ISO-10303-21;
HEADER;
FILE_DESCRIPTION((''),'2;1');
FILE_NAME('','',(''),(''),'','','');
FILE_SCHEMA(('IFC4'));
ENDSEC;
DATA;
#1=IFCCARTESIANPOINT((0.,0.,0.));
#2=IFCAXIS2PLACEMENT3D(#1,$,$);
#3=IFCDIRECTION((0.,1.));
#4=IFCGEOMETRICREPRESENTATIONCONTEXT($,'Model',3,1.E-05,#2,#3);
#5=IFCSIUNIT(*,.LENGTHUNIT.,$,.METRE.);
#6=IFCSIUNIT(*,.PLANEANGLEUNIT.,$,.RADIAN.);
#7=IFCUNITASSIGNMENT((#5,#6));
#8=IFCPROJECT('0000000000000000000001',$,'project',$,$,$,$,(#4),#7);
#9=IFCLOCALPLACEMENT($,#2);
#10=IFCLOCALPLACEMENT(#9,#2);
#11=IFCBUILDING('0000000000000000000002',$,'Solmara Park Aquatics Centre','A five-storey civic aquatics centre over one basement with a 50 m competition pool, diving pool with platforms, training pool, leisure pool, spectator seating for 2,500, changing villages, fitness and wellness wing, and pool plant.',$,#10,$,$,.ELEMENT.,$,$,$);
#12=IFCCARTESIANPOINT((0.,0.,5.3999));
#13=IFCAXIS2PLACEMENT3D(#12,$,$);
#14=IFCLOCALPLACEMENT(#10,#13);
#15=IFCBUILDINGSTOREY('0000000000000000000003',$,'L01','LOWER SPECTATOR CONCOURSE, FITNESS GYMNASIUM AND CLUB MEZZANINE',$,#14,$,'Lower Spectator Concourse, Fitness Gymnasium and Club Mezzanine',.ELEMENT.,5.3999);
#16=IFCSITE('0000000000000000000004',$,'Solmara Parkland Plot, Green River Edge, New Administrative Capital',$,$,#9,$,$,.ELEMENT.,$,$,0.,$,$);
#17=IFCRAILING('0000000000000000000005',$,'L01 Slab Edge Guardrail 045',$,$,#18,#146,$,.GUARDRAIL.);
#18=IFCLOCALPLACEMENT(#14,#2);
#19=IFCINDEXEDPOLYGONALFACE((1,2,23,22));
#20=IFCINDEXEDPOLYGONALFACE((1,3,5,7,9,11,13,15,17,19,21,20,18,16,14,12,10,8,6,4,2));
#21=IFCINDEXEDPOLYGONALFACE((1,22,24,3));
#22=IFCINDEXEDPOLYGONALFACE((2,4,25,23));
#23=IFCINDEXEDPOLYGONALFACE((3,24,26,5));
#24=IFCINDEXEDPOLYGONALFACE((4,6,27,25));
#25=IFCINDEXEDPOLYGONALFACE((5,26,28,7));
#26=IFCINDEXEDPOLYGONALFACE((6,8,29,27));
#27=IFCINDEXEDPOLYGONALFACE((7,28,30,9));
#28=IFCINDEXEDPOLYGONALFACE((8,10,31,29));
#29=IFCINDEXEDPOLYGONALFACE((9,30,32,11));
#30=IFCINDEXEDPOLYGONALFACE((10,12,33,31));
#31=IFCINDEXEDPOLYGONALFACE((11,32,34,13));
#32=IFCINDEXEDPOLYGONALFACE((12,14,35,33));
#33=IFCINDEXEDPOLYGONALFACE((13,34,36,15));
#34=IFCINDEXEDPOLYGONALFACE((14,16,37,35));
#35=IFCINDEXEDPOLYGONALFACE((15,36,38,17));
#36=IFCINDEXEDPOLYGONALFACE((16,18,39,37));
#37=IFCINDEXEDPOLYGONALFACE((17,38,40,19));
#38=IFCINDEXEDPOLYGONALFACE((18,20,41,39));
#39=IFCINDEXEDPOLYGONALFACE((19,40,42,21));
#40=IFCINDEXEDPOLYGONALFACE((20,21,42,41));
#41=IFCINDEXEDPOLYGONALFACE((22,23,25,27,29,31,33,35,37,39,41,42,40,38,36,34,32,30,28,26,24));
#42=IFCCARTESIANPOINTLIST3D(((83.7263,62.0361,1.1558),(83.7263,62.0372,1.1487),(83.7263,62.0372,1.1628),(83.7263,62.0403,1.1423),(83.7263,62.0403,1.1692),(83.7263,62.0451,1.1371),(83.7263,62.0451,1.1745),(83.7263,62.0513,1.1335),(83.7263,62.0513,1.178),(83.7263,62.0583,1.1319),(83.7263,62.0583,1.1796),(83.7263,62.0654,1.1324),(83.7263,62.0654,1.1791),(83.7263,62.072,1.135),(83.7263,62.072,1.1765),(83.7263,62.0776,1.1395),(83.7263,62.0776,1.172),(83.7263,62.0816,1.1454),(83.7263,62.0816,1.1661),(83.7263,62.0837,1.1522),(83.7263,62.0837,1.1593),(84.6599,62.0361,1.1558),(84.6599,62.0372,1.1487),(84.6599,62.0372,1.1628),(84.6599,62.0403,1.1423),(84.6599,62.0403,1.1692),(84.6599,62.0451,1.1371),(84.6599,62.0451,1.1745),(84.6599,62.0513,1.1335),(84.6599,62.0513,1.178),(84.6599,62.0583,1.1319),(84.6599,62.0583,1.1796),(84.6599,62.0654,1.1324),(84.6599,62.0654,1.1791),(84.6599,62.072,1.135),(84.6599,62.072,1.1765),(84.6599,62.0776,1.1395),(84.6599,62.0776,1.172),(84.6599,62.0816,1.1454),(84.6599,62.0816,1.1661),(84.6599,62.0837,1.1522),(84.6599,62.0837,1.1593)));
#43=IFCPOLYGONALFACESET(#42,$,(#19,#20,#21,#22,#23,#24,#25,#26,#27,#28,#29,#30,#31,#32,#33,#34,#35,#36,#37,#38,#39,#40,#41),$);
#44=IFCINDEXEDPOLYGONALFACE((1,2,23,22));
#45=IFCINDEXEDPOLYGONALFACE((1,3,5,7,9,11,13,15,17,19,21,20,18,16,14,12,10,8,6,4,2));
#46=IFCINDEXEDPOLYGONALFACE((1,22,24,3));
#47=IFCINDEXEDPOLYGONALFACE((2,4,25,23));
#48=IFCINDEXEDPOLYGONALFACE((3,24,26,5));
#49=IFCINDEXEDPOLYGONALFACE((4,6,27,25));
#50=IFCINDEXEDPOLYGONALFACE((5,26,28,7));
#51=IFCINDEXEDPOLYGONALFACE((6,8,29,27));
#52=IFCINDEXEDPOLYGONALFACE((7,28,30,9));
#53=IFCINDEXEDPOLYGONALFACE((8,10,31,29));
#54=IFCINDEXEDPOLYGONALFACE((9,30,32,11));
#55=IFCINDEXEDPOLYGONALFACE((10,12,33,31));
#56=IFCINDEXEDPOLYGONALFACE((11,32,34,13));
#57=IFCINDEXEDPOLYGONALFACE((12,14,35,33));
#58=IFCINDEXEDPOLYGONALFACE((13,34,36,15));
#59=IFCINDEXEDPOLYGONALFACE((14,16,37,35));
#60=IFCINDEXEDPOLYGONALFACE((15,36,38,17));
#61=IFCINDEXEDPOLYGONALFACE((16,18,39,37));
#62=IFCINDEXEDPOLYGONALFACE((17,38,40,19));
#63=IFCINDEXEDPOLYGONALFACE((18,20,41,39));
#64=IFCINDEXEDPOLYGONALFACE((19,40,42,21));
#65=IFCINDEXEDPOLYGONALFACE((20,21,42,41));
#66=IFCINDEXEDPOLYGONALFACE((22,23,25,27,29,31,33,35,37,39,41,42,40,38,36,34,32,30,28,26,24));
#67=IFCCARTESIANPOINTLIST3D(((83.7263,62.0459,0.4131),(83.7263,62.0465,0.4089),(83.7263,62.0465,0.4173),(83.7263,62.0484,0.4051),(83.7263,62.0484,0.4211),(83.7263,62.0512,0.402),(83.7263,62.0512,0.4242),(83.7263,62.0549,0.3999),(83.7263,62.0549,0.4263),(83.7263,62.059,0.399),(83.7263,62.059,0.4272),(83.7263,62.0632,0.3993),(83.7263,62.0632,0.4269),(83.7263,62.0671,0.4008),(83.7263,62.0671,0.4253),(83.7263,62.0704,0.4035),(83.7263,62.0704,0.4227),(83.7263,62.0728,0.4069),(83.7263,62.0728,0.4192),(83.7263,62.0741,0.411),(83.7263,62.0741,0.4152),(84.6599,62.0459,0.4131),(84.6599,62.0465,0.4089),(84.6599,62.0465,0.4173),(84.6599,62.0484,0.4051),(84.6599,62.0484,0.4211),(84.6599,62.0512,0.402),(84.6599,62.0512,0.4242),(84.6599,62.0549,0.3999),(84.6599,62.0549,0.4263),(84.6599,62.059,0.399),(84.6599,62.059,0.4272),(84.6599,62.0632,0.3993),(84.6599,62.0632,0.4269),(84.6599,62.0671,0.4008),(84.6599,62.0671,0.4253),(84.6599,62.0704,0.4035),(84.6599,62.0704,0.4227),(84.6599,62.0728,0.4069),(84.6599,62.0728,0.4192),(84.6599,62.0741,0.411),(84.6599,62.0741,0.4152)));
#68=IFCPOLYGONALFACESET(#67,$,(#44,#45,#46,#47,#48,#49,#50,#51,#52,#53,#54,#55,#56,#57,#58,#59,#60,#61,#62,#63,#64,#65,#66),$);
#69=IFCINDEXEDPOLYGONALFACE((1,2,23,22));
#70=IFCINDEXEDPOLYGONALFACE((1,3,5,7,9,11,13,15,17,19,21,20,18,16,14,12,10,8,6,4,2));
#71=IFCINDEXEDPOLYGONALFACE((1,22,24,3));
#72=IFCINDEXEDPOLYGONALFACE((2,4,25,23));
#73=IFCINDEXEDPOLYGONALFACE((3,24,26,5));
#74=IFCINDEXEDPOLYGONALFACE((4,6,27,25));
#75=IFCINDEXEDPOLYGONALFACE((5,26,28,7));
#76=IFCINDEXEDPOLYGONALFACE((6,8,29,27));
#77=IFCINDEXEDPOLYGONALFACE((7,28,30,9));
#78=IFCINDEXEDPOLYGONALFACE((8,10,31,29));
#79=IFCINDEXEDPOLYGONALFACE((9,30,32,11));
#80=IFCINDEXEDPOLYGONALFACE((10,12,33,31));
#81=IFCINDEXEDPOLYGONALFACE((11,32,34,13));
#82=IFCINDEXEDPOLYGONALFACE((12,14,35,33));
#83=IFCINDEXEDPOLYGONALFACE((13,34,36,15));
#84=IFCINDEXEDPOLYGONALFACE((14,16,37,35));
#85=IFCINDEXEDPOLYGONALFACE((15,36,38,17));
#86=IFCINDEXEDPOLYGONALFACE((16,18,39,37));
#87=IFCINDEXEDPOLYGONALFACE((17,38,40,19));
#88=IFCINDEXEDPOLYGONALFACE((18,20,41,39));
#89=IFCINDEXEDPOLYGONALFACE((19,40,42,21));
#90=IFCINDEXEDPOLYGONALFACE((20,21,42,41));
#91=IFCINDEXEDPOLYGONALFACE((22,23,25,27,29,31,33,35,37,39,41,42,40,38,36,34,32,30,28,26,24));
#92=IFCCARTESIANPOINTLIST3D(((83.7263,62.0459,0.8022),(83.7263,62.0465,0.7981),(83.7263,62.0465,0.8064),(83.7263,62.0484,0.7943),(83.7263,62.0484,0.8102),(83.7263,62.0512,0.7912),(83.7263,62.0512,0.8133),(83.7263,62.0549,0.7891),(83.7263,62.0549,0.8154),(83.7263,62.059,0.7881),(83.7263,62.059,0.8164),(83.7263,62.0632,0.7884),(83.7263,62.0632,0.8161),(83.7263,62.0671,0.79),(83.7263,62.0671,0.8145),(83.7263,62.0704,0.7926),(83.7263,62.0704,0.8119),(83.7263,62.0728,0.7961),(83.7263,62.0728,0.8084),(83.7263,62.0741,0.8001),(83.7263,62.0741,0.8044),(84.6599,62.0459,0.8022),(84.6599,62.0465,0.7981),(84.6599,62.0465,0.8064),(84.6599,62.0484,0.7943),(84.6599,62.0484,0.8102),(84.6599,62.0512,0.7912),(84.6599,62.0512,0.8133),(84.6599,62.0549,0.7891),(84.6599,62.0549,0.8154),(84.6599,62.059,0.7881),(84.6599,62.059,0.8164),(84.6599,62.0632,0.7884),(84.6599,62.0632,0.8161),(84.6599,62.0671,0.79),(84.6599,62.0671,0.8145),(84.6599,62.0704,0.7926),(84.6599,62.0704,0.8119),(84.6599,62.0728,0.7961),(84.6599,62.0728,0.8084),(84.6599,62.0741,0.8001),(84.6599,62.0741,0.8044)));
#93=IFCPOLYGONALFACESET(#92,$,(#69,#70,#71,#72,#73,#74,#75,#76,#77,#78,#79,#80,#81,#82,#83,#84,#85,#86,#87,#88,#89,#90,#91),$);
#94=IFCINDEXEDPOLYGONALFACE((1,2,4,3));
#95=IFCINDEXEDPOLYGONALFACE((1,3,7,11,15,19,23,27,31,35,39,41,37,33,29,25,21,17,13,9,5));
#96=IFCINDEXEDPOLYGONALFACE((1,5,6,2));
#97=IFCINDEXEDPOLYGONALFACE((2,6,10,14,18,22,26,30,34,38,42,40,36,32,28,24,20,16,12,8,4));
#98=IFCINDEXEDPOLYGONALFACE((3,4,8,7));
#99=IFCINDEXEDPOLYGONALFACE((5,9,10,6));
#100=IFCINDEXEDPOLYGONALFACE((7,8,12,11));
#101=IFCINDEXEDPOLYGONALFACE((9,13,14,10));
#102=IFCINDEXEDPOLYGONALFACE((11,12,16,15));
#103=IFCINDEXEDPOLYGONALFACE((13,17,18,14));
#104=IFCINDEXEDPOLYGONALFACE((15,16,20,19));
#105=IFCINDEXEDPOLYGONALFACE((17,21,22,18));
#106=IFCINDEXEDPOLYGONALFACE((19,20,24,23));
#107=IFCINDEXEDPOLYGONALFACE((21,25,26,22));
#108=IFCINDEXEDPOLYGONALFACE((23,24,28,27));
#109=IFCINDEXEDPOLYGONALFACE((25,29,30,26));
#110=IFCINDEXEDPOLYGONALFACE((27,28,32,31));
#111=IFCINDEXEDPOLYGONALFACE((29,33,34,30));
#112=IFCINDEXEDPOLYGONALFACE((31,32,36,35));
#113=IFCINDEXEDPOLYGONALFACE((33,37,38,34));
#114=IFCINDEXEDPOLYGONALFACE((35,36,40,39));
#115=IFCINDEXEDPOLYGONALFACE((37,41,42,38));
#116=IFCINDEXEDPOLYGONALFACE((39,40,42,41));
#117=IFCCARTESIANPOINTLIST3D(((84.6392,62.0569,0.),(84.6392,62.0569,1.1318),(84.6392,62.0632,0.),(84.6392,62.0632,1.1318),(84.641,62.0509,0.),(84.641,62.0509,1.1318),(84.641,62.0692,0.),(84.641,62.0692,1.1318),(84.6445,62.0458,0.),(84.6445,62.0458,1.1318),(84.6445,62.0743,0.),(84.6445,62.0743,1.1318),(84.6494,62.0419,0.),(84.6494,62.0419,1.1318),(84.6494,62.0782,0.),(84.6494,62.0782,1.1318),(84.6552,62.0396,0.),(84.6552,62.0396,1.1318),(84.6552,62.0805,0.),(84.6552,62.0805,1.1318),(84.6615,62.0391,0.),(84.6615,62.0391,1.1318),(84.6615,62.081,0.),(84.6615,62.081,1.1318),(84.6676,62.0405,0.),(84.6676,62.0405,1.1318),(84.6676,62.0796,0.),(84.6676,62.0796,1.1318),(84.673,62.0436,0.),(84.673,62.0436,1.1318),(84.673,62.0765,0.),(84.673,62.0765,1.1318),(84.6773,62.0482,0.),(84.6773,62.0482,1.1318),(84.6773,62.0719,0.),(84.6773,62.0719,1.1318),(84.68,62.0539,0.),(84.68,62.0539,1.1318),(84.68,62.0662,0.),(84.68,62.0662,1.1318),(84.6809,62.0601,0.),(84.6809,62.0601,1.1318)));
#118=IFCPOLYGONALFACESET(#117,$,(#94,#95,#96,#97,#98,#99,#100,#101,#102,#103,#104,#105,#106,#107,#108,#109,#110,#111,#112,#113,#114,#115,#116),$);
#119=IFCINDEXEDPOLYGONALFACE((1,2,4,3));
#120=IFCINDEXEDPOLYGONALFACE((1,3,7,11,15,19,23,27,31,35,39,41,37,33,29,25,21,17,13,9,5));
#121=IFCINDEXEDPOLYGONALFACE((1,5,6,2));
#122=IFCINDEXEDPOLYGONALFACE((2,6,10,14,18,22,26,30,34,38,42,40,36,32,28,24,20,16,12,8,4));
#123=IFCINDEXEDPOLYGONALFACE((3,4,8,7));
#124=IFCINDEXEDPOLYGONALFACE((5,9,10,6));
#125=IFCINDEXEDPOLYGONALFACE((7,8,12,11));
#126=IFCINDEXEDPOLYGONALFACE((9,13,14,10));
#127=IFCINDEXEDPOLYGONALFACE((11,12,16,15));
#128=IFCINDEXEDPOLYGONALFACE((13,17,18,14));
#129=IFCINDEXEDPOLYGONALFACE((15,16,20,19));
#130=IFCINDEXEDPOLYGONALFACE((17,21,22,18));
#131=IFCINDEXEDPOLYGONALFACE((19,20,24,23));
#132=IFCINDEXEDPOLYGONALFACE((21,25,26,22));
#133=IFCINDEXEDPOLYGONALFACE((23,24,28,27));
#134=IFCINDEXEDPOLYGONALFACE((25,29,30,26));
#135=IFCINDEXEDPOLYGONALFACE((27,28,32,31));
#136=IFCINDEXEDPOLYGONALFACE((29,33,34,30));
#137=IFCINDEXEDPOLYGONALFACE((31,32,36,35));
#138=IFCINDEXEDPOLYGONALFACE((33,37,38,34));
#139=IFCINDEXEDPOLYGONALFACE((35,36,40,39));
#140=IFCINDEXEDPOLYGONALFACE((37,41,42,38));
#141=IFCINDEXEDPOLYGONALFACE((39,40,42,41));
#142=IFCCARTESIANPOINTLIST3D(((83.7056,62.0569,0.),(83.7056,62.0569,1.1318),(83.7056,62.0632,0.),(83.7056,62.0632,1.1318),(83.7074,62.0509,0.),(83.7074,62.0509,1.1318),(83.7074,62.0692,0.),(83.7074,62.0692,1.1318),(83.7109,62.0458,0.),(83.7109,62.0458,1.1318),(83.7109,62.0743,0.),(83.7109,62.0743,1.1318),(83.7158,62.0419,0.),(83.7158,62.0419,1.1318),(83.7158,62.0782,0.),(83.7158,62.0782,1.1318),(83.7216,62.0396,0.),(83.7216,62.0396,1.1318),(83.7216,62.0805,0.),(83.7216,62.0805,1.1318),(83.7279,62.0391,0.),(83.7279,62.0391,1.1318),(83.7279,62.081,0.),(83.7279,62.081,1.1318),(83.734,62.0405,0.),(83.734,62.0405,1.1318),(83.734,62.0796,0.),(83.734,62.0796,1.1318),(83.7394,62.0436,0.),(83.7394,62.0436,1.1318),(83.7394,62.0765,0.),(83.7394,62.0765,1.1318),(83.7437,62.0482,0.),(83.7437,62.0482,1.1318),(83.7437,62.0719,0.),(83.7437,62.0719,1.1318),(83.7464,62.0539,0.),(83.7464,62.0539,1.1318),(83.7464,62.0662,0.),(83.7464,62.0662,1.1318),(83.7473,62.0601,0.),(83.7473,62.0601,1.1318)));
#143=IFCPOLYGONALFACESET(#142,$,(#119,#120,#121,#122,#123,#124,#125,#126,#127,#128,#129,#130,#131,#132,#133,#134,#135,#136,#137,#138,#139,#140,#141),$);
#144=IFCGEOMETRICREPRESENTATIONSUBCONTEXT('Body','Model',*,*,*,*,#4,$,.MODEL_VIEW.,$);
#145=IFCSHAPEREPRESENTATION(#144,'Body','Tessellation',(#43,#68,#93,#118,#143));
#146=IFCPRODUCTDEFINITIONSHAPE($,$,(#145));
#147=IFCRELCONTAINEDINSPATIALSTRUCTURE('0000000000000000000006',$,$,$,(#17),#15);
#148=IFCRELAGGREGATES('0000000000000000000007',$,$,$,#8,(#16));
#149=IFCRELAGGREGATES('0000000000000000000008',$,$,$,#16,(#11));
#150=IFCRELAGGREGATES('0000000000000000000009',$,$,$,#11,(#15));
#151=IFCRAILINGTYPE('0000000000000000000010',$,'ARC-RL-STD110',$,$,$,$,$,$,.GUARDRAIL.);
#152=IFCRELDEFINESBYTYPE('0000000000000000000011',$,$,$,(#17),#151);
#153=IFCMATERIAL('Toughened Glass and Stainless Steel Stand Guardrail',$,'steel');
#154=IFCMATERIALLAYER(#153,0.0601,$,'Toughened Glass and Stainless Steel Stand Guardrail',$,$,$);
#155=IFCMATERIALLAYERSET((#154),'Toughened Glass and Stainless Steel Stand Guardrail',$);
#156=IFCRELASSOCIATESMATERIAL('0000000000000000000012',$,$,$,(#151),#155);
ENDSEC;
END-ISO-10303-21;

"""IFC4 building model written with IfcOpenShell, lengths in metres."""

from ifc_helpers import new_model, si_unit, direction, frame, origin, origin_2d, place, context, subcontext, project, spatial, circle, extrude, material, layer, layer_set, type_object, element, save


model = new_model("IFC4")

# Units and contexts
model_context = context("Model", 3, precision=1e-05, world=origin(), true_north=direction((0.0, 1.0)))
body_context = subcontext(model_context, "Body", "Model", "MODEL_VIEW")
ifc_project = project(units=[si_unit("LENGTHUNIT", "METRE"), si_unit("PLANEANGLEUNIT", "RADIAN")], contexts=[model_context])

# Site, building, storey
site_placement = place(None, origin())
site = spatial("IfcSite", under=ifc_project, at=site_placement, Name="Solmara Parkland Plot, Green River Edge, New Administrative Capital", CompositionType="ELEMENT", RefElevation=0.0)
building_placement = place(site_placement, origin())
building = spatial("IfcBuilding", under=site, at=building_placement, Name="Solmara Park Aquatics Centre", Description="A five-storey civic aquatics centre over one basement with a 50 m competition pool, diving pool with platforms, training pool, leisure pool, spectator seating for 2,500, changing villages, fitness and wellness wing, and pool plant.", CompositionType="ELEMENT")
storey_placement = place(building_placement, frame((0.0, 0.0, 5.3999)))
storey = spatial("IfcBuildingStorey", under=building, at=storey_placement, Name="L01", Description="LOWER SPECTATOR CONCOURSE, FITNESS GYMNASIUM AND CLUB MEZZANINE", LongName="Lower Spectator Concourse, Fitness Gymnasium and Club Mezzanine", CompositionType="ELEMENT", Elevation=5.3999)

# Railing
ifc_material_1 = material(Name="Toughened Glass and Stainless Steel Stand Guardrail", Category="steel")
ifc_layer_1 = layer(ifc_material_1, 0.0601, Name="Toughened Glass and Stainless Steel Stand Guardrail")
ifc_layer_set_1 = layer_set([ifc_layer_1], Name="Toughened Glass and Stainless Steel Stand Guardrail")
railing_type = type_object("IfcRailingType", Name="ARC-RL-STD110", PredefinedType="GUARDRAIL", material=ifc_layer_set_1)
railing_1_placement = place(storey_placement, frame((84.6599, 62.0601, 0.0)))
element("IfcRailing", 1, at=railing_1_placement, inside=storey, type_object=railing_type, Name="L01 Slab Edge Guardrail 045", PredefinedType="GUARDRAIL", context=body_context, shape_type="SweptSolid", body=[
    extrude(circle(Radius=0.0239, at=origin_2d()), frame((0.0, 0.0, 1.1558), z_axis=(-1.0, 0.0, 0.0), x_axis=(0.0, -1.0, 0.0)), (0.0, 0.0, 1.0), 0.9336),
    extrude(circle(Radius=0.0142, at=origin_2d()), frame((0.0, 0.0, 0.4131), z_axis=(-1.0, 0.0, 0.0), x_axis=(0.0, -1.0, 0.0)), (0.0, 0.0, 1.0), 0.9336),
    extrude(circle(Radius=0.0142, at=origin_2d()), frame((0.0, 0.0, 0.8022), z_axis=(-1.0, 0.0, 0.0), x_axis=(0.0, -1.0, 0.0)), (0.0, 0.0, 1.0), 0.9336),
    extrude(circle(Radius=0.021, at=origin_2d()), origin(), (0.0, 0.0, 1.0), 1.1318),
    extrude(circle(Radius=0.021, at=origin_2d()), frame((-0.9336, 0.0, 0.0)), (0.0, 0.0, 1.0), 1.1318),
])

save(model, "model.ifc")
